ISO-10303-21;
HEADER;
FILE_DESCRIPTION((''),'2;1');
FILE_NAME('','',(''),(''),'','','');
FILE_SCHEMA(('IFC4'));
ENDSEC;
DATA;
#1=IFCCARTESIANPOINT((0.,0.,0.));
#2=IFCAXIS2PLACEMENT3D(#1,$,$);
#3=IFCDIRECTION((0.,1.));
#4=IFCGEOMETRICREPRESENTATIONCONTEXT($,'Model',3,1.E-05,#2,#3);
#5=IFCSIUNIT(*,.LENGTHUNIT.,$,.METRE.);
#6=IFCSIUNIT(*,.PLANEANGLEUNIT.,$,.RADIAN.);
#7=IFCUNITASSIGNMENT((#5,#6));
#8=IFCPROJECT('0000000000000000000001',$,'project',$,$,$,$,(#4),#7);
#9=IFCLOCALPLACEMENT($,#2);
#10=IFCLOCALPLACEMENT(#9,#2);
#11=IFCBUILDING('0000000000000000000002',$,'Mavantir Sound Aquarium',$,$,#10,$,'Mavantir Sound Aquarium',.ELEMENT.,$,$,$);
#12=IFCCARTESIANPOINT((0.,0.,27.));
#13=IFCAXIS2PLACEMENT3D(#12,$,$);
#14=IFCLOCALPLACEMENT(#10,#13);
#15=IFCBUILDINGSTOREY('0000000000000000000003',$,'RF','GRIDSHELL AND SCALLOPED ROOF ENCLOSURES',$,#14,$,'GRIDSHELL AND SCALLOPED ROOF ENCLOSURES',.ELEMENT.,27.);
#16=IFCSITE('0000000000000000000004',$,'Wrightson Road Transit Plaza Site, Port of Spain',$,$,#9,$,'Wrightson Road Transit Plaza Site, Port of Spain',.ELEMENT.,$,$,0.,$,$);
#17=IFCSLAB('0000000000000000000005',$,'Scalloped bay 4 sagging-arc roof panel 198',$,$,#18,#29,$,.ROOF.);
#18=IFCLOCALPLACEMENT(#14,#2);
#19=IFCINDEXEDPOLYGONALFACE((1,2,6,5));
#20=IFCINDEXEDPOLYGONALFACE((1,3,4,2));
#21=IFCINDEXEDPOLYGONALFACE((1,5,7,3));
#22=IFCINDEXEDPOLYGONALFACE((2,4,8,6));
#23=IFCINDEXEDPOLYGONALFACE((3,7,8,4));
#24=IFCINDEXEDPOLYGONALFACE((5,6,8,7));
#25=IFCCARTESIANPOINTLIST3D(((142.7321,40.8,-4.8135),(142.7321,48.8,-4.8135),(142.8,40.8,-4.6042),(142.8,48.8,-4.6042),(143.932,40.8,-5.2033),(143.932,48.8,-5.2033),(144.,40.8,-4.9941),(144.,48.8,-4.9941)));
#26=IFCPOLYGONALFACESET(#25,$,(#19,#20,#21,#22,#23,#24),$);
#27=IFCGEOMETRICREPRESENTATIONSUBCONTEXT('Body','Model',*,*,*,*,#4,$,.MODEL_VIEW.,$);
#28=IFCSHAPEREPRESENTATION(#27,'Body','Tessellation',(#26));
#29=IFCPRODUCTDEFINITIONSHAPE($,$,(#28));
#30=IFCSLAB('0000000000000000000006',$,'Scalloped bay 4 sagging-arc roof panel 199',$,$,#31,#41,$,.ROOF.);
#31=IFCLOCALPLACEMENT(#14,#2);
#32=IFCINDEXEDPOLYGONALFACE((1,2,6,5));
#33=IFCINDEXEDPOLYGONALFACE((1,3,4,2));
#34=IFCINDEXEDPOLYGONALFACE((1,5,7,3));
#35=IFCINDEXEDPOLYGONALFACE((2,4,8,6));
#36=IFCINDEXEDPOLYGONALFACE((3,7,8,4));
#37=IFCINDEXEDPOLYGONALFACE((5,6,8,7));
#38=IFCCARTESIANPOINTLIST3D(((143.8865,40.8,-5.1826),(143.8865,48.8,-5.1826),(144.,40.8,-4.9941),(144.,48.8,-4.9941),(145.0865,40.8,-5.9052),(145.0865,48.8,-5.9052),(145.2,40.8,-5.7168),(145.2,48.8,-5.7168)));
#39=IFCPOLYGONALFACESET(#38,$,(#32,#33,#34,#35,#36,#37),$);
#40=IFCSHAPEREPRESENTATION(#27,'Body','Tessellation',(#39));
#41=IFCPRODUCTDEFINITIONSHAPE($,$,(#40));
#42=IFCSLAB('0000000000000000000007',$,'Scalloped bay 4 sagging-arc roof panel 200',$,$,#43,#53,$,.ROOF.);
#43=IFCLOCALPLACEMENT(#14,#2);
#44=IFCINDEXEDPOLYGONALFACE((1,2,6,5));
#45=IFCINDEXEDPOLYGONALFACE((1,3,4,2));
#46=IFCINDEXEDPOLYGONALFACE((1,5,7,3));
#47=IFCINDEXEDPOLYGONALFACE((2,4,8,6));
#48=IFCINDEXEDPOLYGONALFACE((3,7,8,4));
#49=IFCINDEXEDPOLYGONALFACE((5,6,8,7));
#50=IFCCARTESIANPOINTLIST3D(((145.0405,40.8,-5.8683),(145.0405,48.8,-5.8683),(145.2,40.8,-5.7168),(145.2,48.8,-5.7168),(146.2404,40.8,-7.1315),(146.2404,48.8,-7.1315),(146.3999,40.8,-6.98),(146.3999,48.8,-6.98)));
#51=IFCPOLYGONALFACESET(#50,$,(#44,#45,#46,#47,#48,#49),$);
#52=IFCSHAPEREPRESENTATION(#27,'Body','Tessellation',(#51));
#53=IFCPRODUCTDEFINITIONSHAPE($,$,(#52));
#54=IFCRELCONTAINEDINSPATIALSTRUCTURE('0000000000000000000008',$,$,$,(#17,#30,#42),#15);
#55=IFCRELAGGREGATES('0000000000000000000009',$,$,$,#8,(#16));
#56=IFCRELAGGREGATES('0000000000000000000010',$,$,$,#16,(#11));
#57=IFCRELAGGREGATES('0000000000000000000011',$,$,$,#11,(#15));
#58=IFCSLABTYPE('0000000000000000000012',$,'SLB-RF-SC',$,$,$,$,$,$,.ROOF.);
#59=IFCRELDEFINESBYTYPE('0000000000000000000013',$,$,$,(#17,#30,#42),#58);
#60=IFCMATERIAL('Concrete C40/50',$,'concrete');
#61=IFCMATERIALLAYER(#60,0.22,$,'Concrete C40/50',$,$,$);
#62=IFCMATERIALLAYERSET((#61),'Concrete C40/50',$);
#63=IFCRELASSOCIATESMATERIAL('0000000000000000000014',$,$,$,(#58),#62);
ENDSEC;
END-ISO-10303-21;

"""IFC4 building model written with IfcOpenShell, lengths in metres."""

from ifc_helpers import new_model, si_unit, direction, frame, origin, place, context, subcontext, project, spatial, polyline, outline, extrude, material, layer, layer_set, type_object, element, save


model = new_model("IFC4")

# Units and contexts
model_context = context("Model", 3, precision=1e-05, world=origin(), true_north=direction((0.0, 1.0)))
body_context = subcontext(model_context, "Body", "Model", "MODEL_VIEW")
ifc_project = project(units=[si_unit("LENGTHUNIT", "METRE"), si_unit("PLANEANGLEUNIT", "RADIAN")], contexts=[model_context])

# Site, building, storey
site_placement = place(None, origin())
site = spatial("IfcSite", under=ifc_project, at=site_placement, Name="Wrightson Road Transit Plaza Site, Port of Spain", LongName="Wrightson Road Transit Plaza Site, Port of Spain", CompositionType="ELEMENT", RefElevation=0.0)
building_placement = place(site_placement, origin())
building = spatial("IfcBuilding", under=site, at=building_placement, Name="Mavantir Sound Aquarium", LongName="Mavantir Sound Aquarium", CompositionType="ELEMENT")
storey_placement = place(building_placement, frame((0.0, 0.0, 27.0)))
storey = spatial("IfcBuildingStorey", under=building, at=storey_placement, Name="RF", Description="GRIDSHELL AND SCALLOPED ROOF ENCLOSURES", LongName="GRIDSHELL AND SCALLOPED ROOF ENCLOSURES", CompositionType="ELEMENT", Elevation=27.0)

# Shared definitions
ifc_material_1 = material(Name="Concrete C40/50", Category="concrete")

# Slabs
ifc_layer_1 = layer(ifc_material_1, 0.22, Name="Concrete C40/50")
ifc_layer_set_1 = layer_set([ifc_layer_1], Name="Concrete C40/50")
slab_type = type_object("IfcSlabType", Name="SLB-RF-SC", PredefinedType="ROOF", material=ifc_layer_set_1)
slab_1_placement = place(storey_placement, frame((142.8, 40.8, -4.6042), z_axis=(0.30902, 0.0, 0.951055), x_axis=(0.951055, 0.0, -0.30902)))
element("IfcSlab", 1, at=slab_1_placement, inside=storey, type_object=slab_type, Name="Scalloped bay 4 sagging-arc roof panel 198", PredefinedType="ROOF", context=body_context, shape_type="SweptSolid", body=[
    extrude(outline(polyline([(0.0, 0.0), (1.2617, 0.0), (1.2617, 8.0), (0.0, 8.0), (0.0, 0.0)])), origin(), (0.0, 0.0, -1.0), 0.22),
])
slab_2_placement = place(storey_placement, frame((144.0, 40.8, -4.9941), z_axis=(0.515905, 0.0, 0.856646), x_axis=(0.856646, 0.0, -0.515905)))
element("IfcSlab", 2, at=slab_2_placement, inside=storey, type_object=slab_type, Name="Scalloped bay 4 sagging-arc roof panel 199", PredefinedType="ROOF", context=body_context, shape_type="SweptSolid", body=[
    extrude(outline(polyline([(0.0, 0.0), (1.4008, 0.0), (1.4008, 8.0), (0.0, 8.0), (0.0, 0.0)])), origin(), (0.0, 0.0, -1.0), 0.22),
])
slab_3_placement = place(storey_placement, frame((145.2, 40.8, -5.7168), z_axis=(0.72502, 0.0, 0.688727), x_axis=(0.688727, 0.0, -0.72502)))
element("IfcSlab", 3, at=slab_3_placement, inside=storey, type_object=slab_type, Name="Scalloped bay 4 sagging-arc roof panel 200", PredefinedType="ROOF", context=body_context, shape_type="SweptSolid", body=[
    extrude(outline(polyline([(0.0, 0.0), (1.7423, 0.0), (1.7423, 8.0), (0.0, 8.0), (0.0, 0.0)])), origin(), (0.0, 0.0, -1.0), 0.22),
])

save(model, "model.ifc")
